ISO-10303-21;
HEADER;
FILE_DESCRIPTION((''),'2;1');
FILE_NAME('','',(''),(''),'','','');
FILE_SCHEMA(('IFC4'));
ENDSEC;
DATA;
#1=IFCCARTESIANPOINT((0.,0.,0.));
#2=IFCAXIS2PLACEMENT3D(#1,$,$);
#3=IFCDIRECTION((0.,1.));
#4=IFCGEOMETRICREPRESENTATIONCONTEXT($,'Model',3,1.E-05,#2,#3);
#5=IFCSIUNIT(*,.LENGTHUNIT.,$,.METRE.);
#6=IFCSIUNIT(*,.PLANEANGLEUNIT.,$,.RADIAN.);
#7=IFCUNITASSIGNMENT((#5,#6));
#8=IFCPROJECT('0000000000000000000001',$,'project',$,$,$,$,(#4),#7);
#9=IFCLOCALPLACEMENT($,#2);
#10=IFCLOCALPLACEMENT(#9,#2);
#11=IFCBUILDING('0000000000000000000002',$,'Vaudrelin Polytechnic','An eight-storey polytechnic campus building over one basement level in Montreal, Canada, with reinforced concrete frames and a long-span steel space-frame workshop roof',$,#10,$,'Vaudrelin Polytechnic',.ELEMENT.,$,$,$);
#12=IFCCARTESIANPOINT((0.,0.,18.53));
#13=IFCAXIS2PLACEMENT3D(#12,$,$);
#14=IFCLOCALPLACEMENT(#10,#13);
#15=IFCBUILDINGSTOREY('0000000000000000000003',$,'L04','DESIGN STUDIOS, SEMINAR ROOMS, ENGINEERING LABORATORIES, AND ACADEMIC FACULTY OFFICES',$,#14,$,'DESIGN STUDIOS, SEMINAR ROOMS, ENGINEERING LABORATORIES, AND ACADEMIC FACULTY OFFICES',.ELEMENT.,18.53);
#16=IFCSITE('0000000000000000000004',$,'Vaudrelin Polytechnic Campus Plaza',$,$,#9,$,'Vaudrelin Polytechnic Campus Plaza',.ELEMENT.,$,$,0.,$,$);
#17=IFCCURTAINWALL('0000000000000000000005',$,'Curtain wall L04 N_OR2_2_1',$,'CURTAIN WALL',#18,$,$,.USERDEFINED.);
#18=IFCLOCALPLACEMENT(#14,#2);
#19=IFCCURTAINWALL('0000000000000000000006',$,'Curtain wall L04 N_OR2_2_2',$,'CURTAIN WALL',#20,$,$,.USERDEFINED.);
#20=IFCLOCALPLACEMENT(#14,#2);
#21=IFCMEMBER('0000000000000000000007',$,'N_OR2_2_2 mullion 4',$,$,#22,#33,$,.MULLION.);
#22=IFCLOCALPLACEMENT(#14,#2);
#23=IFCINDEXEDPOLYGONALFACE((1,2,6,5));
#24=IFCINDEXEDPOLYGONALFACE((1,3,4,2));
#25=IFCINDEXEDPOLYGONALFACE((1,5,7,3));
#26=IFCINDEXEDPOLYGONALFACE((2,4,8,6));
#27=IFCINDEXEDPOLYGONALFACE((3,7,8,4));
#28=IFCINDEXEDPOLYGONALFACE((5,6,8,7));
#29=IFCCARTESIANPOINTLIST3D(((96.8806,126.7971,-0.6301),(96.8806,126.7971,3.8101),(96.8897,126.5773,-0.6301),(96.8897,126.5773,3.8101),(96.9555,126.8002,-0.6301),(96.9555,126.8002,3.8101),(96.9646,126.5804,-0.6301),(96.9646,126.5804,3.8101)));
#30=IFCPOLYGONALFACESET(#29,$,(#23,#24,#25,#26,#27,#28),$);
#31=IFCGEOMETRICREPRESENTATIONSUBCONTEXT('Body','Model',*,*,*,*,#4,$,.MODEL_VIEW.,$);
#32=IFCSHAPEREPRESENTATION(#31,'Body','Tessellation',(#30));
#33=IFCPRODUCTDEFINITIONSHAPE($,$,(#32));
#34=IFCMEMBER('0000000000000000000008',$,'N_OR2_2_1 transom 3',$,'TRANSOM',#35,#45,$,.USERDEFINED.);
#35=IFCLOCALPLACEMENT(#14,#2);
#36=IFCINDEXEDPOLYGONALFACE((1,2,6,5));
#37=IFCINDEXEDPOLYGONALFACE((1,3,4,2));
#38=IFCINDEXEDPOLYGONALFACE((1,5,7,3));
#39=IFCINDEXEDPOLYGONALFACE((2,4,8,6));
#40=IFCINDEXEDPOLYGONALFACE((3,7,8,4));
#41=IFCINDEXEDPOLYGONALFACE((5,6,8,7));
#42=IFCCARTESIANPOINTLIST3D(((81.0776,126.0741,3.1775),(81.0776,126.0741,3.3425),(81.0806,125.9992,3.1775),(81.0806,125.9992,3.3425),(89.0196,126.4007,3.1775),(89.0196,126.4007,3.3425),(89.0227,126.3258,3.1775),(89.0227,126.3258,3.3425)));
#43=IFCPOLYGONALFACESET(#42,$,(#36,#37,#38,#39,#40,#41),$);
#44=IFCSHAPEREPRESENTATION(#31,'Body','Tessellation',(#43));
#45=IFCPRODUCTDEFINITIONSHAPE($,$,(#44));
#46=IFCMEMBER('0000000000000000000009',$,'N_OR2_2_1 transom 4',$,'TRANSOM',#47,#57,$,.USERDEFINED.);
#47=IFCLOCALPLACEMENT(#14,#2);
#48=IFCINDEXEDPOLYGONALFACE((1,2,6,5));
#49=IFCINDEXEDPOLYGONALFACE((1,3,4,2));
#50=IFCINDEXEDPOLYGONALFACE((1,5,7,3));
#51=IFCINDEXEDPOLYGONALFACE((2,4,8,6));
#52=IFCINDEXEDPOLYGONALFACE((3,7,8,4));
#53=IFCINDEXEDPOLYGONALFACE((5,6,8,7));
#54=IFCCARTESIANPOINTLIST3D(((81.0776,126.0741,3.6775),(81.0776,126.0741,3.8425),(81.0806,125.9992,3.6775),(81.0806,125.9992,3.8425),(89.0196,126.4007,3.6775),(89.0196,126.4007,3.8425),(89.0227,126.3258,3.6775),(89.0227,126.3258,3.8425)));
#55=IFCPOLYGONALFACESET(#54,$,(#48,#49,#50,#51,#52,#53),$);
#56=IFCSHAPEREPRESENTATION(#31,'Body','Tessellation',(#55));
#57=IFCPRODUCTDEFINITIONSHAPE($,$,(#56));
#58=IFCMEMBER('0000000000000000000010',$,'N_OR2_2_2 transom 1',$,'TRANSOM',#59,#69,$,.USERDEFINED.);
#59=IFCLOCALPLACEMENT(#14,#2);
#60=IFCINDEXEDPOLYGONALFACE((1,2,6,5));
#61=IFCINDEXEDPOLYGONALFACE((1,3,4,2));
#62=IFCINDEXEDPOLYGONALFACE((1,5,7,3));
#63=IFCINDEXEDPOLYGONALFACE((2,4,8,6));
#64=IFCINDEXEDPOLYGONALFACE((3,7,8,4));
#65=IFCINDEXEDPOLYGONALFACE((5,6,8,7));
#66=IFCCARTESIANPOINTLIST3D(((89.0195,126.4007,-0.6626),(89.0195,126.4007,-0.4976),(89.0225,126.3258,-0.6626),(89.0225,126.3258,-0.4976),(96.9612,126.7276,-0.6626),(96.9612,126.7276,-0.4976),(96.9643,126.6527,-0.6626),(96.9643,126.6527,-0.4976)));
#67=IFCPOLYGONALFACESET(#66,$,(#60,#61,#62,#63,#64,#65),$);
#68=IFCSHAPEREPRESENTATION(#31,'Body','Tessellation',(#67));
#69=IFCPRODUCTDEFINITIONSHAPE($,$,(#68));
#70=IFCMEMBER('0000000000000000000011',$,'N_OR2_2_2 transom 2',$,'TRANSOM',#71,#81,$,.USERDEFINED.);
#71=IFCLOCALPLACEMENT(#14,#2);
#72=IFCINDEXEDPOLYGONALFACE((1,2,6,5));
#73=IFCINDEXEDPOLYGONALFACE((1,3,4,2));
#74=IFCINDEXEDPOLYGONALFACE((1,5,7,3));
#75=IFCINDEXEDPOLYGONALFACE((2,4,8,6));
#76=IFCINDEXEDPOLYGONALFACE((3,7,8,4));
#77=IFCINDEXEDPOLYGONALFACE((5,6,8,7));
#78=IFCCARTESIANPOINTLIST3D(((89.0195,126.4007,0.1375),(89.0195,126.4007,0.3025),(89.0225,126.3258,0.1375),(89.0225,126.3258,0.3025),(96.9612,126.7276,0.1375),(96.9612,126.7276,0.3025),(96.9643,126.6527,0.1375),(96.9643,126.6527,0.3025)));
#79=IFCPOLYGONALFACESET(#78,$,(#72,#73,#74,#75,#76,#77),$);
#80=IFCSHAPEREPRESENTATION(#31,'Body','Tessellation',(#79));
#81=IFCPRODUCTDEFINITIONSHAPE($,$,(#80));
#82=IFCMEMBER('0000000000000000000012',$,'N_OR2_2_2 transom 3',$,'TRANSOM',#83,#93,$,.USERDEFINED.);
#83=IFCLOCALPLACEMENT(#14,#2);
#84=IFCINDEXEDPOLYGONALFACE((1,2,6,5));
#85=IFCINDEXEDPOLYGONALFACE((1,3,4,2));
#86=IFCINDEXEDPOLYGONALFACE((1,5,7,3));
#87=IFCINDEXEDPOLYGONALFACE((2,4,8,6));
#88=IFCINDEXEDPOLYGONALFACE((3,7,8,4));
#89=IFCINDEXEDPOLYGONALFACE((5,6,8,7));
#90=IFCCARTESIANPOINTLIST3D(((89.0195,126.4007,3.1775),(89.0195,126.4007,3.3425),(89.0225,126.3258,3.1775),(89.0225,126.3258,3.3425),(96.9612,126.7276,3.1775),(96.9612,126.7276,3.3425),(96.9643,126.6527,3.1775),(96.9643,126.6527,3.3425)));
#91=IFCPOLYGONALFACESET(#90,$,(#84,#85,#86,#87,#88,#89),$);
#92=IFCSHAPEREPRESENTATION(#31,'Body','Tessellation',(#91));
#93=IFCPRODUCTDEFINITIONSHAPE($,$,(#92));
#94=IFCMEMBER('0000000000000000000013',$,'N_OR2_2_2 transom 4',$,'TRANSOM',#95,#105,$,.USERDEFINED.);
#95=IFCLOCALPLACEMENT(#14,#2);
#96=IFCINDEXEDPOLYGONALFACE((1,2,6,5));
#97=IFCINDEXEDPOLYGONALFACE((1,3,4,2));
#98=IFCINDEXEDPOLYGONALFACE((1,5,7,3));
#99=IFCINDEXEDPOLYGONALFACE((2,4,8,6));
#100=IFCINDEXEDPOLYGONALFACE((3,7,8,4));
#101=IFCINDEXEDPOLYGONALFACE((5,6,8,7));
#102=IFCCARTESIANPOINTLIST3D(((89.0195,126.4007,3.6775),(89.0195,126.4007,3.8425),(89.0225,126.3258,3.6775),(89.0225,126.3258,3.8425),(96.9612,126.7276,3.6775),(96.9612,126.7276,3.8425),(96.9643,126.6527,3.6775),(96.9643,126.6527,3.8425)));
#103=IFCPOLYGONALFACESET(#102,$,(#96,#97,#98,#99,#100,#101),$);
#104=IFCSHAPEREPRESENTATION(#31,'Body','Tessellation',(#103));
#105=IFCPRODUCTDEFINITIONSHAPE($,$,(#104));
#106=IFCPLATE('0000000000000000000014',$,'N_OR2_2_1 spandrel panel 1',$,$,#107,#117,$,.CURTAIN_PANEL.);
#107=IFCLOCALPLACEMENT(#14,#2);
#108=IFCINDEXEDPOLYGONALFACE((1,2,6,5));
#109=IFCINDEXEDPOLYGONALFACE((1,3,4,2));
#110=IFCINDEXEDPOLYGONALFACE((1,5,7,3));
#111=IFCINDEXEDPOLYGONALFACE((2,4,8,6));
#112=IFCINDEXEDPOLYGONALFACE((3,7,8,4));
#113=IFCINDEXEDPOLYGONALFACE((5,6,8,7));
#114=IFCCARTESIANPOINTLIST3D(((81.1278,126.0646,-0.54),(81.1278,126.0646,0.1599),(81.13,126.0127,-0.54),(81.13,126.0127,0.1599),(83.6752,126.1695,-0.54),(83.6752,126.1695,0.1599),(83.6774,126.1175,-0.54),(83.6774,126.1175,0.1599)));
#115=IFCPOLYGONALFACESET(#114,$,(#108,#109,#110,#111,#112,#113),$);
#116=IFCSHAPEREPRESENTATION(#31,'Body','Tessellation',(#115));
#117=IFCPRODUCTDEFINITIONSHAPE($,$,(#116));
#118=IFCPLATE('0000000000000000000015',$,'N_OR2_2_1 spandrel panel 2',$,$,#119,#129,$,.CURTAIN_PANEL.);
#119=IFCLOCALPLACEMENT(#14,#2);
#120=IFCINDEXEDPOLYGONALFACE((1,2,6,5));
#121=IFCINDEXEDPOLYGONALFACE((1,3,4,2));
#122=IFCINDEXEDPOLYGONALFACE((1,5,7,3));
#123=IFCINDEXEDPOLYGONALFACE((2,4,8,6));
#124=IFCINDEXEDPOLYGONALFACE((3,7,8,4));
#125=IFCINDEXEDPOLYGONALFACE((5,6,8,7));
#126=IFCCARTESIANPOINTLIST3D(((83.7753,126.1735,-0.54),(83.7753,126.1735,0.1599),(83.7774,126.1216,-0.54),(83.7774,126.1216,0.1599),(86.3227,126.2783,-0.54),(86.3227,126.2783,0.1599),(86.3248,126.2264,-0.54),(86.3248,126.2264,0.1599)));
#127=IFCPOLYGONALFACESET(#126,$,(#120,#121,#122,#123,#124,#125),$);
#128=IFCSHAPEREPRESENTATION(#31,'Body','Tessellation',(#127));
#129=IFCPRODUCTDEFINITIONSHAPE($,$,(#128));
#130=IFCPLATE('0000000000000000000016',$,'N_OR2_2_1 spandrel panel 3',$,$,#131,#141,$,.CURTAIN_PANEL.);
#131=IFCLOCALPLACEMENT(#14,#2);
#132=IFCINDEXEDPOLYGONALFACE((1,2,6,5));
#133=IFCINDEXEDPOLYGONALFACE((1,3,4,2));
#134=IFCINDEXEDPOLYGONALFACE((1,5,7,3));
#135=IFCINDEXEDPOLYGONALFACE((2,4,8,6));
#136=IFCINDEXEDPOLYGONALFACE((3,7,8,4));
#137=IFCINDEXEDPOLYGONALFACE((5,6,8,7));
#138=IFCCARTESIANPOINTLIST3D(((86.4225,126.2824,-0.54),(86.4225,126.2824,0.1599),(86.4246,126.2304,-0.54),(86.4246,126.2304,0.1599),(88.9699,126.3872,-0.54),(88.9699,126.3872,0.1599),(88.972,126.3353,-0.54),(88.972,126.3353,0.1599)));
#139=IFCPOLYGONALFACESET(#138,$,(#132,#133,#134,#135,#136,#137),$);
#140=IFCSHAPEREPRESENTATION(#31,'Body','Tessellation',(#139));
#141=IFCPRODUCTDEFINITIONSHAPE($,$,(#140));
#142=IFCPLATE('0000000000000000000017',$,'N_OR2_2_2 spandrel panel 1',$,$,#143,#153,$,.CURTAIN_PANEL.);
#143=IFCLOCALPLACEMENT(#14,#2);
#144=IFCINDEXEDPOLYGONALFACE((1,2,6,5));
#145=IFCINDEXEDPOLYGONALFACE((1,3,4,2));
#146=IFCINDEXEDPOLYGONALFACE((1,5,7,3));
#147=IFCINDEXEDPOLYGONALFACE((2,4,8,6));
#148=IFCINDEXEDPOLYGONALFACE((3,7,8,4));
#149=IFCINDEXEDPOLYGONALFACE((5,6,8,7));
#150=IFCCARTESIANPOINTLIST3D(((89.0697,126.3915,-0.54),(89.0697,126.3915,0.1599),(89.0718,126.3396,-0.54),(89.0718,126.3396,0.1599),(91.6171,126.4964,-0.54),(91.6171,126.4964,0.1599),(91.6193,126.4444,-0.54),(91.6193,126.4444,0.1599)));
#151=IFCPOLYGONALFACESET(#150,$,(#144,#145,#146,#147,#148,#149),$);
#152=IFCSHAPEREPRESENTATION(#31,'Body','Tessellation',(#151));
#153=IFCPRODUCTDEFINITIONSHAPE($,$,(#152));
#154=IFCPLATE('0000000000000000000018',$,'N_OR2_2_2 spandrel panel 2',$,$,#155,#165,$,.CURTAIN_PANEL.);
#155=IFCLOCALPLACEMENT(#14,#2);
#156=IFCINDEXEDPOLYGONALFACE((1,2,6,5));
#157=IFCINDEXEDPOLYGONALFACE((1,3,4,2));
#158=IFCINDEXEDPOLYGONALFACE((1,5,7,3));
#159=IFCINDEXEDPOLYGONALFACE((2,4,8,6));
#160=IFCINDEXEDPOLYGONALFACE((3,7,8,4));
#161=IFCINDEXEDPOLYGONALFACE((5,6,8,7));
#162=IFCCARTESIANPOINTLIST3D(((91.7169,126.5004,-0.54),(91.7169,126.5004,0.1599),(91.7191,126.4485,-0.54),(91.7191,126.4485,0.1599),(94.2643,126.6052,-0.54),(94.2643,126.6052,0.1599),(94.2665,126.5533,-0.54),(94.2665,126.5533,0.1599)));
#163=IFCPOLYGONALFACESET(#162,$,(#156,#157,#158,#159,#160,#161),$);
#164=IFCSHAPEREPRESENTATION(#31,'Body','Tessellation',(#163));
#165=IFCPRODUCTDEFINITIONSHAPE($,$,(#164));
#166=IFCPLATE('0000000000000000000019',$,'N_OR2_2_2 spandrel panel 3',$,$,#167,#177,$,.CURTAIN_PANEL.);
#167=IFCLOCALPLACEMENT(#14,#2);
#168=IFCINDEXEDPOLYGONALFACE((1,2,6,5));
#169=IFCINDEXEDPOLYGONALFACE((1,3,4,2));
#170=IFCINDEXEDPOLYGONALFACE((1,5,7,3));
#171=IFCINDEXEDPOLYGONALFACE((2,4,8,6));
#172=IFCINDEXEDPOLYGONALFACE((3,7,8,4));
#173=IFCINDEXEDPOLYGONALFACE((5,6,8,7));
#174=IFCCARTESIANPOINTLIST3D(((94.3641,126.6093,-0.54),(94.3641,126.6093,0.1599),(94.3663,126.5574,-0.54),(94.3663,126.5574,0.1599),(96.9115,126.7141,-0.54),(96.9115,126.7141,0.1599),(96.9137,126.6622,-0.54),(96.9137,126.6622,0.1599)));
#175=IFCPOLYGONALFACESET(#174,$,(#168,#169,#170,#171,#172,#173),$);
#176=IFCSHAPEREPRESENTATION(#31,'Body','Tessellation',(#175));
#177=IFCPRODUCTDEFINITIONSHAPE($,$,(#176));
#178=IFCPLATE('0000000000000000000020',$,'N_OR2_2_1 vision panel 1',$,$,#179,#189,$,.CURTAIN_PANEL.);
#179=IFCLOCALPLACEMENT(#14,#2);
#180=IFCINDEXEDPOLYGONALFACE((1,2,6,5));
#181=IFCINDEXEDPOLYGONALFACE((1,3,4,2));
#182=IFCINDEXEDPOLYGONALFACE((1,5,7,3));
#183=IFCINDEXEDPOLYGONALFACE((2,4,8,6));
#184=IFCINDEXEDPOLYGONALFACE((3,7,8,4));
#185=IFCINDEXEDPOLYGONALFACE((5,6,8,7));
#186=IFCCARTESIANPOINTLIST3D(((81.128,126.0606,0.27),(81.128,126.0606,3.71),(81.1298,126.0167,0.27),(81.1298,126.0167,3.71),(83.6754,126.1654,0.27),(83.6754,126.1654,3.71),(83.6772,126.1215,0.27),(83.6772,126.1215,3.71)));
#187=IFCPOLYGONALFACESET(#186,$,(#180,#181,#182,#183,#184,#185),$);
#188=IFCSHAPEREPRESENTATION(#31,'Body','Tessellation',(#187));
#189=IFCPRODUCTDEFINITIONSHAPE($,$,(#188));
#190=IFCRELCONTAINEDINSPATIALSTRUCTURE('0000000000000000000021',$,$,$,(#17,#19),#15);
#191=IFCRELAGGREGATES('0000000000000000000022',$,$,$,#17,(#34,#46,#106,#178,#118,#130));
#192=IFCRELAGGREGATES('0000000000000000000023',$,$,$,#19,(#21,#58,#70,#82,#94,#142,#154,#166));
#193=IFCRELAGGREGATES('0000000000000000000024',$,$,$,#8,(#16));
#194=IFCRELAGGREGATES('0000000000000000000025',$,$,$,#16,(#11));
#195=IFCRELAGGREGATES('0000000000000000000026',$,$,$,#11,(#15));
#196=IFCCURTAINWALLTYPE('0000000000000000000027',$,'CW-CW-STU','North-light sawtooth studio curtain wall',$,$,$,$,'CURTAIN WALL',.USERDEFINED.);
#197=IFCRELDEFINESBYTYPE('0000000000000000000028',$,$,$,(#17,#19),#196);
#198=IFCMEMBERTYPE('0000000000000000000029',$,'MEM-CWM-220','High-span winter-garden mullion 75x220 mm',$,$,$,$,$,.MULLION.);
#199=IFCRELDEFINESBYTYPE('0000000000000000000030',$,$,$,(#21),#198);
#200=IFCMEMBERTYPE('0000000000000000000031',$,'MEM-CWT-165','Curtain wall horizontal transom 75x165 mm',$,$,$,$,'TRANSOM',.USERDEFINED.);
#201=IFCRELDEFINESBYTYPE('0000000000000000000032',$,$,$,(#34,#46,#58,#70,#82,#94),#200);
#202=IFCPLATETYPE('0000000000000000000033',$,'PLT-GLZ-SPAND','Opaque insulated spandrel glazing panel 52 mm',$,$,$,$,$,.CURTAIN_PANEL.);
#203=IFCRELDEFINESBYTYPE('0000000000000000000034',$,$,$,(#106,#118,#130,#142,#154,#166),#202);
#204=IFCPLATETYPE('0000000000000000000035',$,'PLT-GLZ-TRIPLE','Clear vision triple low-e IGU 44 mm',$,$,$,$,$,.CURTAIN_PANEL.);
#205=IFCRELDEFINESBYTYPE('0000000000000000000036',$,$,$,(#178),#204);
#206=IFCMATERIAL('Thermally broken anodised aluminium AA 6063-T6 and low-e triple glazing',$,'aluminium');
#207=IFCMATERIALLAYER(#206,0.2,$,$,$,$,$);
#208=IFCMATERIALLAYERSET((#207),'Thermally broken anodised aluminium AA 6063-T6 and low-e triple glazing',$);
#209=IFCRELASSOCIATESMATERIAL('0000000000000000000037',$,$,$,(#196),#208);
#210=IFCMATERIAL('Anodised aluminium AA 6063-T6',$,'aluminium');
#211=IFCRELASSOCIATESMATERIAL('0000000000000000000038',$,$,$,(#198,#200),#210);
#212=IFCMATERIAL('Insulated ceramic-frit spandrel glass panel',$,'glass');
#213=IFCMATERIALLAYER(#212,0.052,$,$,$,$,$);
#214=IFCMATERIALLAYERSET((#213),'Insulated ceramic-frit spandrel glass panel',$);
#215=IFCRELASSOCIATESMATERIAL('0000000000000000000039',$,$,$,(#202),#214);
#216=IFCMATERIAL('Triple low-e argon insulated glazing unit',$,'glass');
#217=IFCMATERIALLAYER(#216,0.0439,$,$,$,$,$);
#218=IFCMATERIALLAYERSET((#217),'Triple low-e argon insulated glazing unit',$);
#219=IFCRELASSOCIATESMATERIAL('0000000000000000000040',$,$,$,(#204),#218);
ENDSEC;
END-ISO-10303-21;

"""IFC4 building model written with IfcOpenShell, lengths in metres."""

from ifc_helpers import new_model, si_unit, direction, frame, origin, origin_2d, place, context, subcontext, project, spatial, rectangle, extrude, material, layer, layer_set, material_profile, profile_set, type_object, element, aggregate, save


model = new_model("IFC4")

# Units and contexts
model_context = context("Model", 3, precision=1e-05, world=origin(), true_north=direction((0.0, 1.0)))
body_context = subcontext(model_context, "Body", "Model", "MODEL_VIEW")
ifc_project = project(units=[si_unit("LENGTHUNIT", "METRE"), si_unit("PLANEANGLEUNIT", "RADIAN")], contexts=[model_context])

# Site, building, storey
site_placement = place(None, origin())
site = spatial("IfcSite", under=ifc_project, at=site_placement, Name="Vaudrelin Polytechnic Campus Plaza", LongName="Vaudrelin Polytechnic Campus Plaza", CompositionType="ELEMENT", RefElevation=0.0)
building_placement = place(site_placement, origin())
building = spatial("IfcBuilding", under=site, at=building_placement, Name="Vaudrelin Polytechnic", Description="An eight-storey polytechnic campus building over one basement level in Montreal, Canada, with reinforced concrete frames and a long-span steel space-frame workshop roof", LongName="Vaudrelin Polytechnic", CompositionType="ELEMENT")
storey_placement = place(building_placement, frame((0.0, 0.0, 18.53)))
storey = spatial("IfcBuildingStorey", under=building, at=storey_placement, Name="L04", Description="DESIGN STUDIOS, SEMINAR ROOMS, ENGINEERING LABORATORIES, AND ACADEMIC FACULTY OFFICES", LongName="DESIGN STUDIOS, SEMINAR ROOMS, ENGINEERING LABORATORIES, AND ACADEMIC FACULTY OFFICES", CompositionType="ELEMENT", Elevation=18.53)

# Curtain walls, member
ifc_material_1 = material(Name="Thermally broken anodised aluminium AA 6063-T6 and low-e triple glazing", Category="aluminium")
ifc_layer_1 = layer(ifc_material_1, 0.2)
ifc_layer_set_1 = layer_set([ifc_layer_1], Name="Thermally broken anodised aluminium AA 6063-T6 and low-e triple glazing")
curtain_wall_type = type_object("IfcCurtainWallType", Name="CW-CW-STU", Description="North-light sawtooth studio curtain wall", ElementType="CURTAIN WALL", PredefinedType="USERDEFINED", material=ifc_layer_set_1)
curtain_wall_1_placement = place(storey_placement, origin())
curtain_wall_1 = element("IfcCurtainWall", 1, at=curtain_wall_1_placement, inside=storey, type_object=curtain_wall_type, Name="Curtain wall L04 N_OR2_2_1", ObjectType="CURTAIN WALL", PredefinedType="USERDEFINED")
ifc_material_2 = material(Name="Anodised aluminium AA 6063-T6", Category="aluminium")
ifc_material_profile_1 = material_profile(ifc_material_2, rectangle(XDim=0.075, YDim=0.22, at=origin_2d()), Name="CWM-75x220")
ifc_profile_set_1 = profile_set([ifc_material_profile_1], Name="Anodised aluminium AA 6063-T6")
member_type_1 = type_object("IfcMemberType", Name="MEM-CWM-220", Description="High-span winter-garden mullion 75x220 mm", PredefinedType="MULLION", material=ifc_profile_set_1)
curtain_wall_2_placement = place(storey_placement, origin())
curtain_wall_2 = element("IfcCurtainWall", 2, at=curtain_wall_2_placement, inside=storey, type_object=curtain_wall_type, Name="Curtain wall L04 N_OR2_2_2", ObjectType="CURTAIN WALL", PredefinedType="USERDEFINED")
member_1_placement = place(storey_placement, frame((96.9226, 126.6887, -0.6301), z_axis=(0.0, 0.0, 1.0), x_axis=(0.999154, 0.041115, 0.0)))
member_1 = element("IfcMember", 3, at=member_1_placement, type_object=member_type_1, Name="N_OR2_2_2 mullion 4", PredefinedType="MULLION", context=body_context, shape_type="SweptSolid", body=[
    extrude(rectangle(XDim=0.075, YDim=0.22, at=origin_2d()), origin(), (0.0, 0.0, 1.0), 4.4402),
])

# Members
ifc_material_profile_2 = material_profile(ifc_material_2, rectangle(XDim=0.075, YDim=0.165, at=origin_2d()), Name="CWT-75x165")
ifc_profile_set_2 = profile_set([ifc_material_profile_2], Name="Anodised aluminium AA 6063-T6")
member_type_2 = type_object("IfcMemberType", Name="MEM-CWT-165", Description="Curtain wall horizontal transom 75x165 mm", ElementType="TRANSOM", PredefinedType="USERDEFINED", material=ifc_profile_set_2)
member_2_placement = place(storey_placement, frame((81.0791, 126.0366, 3.26), z_axis=(0.999155, 0.041097, 0.0), x_axis=(-0.041097, 0.999155, 0.0)))
member_2 = element("IfcMember", 4, at=member_2_placement, type_object=member_type_2, Name="N_OR2_2_1 transom 3", ObjectType="TRANSOM", PredefinedType="USERDEFINED", context=body_context, shape_type="SweptSolid", body=[
    extrude(rectangle(XDim=0.075, YDim=0.165, at=origin_2d()), origin(), (0.0, 0.0, 1.0), 7.9487),
])
member_3_placement = place(storey_placement, frame((81.0791, 126.0366, 3.76), z_axis=(0.999155, 0.041097, 0.0), x_axis=(-0.041097, 0.999155, 0.0)))
member_3 = element("IfcMember", 5, at=member_3_placement, type_object=member_type_2, Name="N_OR2_2_1 transom 4", ObjectType="TRANSOM", PredefinedType="USERDEFINED", context=body_context, shape_type="SweptSolid", body=[
    extrude(rectangle(XDim=0.075, YDim=0.165, at=origin_2d()), origin(), (0.0, 0.0, 1.0), 7.9487),
])
member_4_placement = place(storey_placement, frame((89.021, 126.3633, -0.5801), z_axis=(0.999154, 0.041128, 0.0), x_axis=(-0.041128, 0.999154, 0.0)))
member_4 = element("IfcMember", 6, at=member_4_placement, type_object=member_type_2, Name="N_OR2_2_2 transom 1", ObjectType="TRANSOM", PredefinedType="USERDEFINED", context=body_context, shape_type="SweptSolid", body=[
    extrude(rectangle(XDim=0.075, YDim=0.165, at=origin_2d()), origin(), (0.0, 0.0, 1.0), 7.9485),
])
member_5_placement = place(storey_placement, frame((89.021, 126.3633, 0.22), z_axis=(0.999154, 0.041128, 0.0), x_axis=(-0.041128, 0.999154, 0.0)))
member_5 = element("IfcMember", 7, at=member_5_placement, type_object=member_type_2, Name="N_OR2_2_2 transom 2", ObjectType="TRANSOM", PredefinedType="USERDEFINED", context=body_context, shape_type="SweptSolid", body=[
    extrude(rectangle(XDim=0.075, YDim=0.165, at=origin_2d()), origin(), (0.0, 0.0, 1.0), 7.9485),
])
member_6_placement = place(storey_placement, frame((89.021, 126.3633, 3.26), z_axis=(0.999154, 0.041128, 0.0), x_axis=(-0.041128, 0.999154, 0.0)))
member_6 = element("IfcMember", 8, at=member_6_placement, type_object=member_type_2, Name="N_OR2_2_2 transom 3", ObjectType="TRANSOM", PredefinedType="USERDEFINED", context=body_context, shape_type="SweptSolid", body=[
    extrude(rectangle(XDim=0.075, YDim=0.165, at=origin_2d()), origin(), (0.0, 0.0, 1.0), 7.9485),
])
member_7_placement = place(storey_placement, frame((89.021, 126.3633, 3.76), z_axis=(0.999154, 0.041128, 0.0), x_axis=(-0.041128, 0.999154, 0.0)))
member_7 = element("IfcMember", 9, at=member_7_placement, type_object=member_type_2, Name="N_OR2_2_2 transom 4", ObjectType="TRANSOM", PredefinedType="USERDEFINED", context=body_context, shape_type="SweptSolid", body=[
    extrude(rectangle(XDim=0.075, YDim=0.165, at=origin_2d()), origin(), (0.0, 0.0, 1.0), 7.9485),
])

# Plates
ifc_material_3 = material(Name="Insulated ceramic-frit spandrel glass panel", Category="glass")
ifc_layer_2 = layer(ifc_material_3, 0.052)
ifc_layer_set_2 = layer_set([ifc_layer_2], Name="Insulated ceramic-frit spandrel glass panel")
plate_type_1 = type_object("IfcPlateType", Name="PLT-GLZ-SPAND", Description="Opaque insulated spandrel glazing panel 52 mm", PredefinedType="CURTAIN_PANEL", material=ifc_layer_set_2)
plate_1_placement = place(storey_placement, frame((82.4026, 126.0911, -0.54), z_axis=(0.0, 0.0, 1.0), x_axis=(0.999154, 0.041115, 0.0)))
plate_1 = element("IfcPlate", 10, at=plate_1_placement, type_object=plate_type_1, Name="N_OR2_2_1 spandrel panel 1", PredefinedType="CURTAIN_PANEL", context=body_context, shape_type="SweptSolid", body=[
    extrude(rectangle(XDim=2.5496, YDim=0.052, at=origin_2d()), origin(), (0.0, 0.0, 1.0), 0.7),
])
plate_2_placement = place(storey_placement, frame((85.05, 126.2, -0.54), z_axis=(0.0, 0.0, 1.0), x_axis=(0.999154, 0.041115, 0.0)))
plate_2 = element("IfcPlate", 11, at=plate_2_placement, type_object=plate_type_1, Name="N_OR2_2_1 spandrel panel 2", PredefinedType="CURTAIN_PANEL", context=body_context, shape_type="SweptSolid", body=[
    extrude(rectangle(XDim=2.5496, YDim=0.052, at=origin_2d()), origin(), (0.0, 0.0, 1.0), 0.7),
])
plate_3_placement = place(storey_placement, frame((87.6973, 126.3088, -0.54), z_axis=(0.0, 0.0, 1.0), x_axis=(0.999154, 0.041115, 0.0)))
plate_3 = element("IfcPlate", 12, at=plate_3_placement, type_object=plate_type_1, Name="N_OR2_2_1 spandrel panel 3", PredefinedType="CURTAIN_PANEL", context=body_context, shape_type="SweptSolid", body=[
    extrude(rectangle(XDim=2.5496, YDim=0.052, at=origin_2d()), origin(), (0.0, 0.0, 1.0), 0.7),
])
plate_4_placement = place(storey_placement, frame((90.3445, 126.418, -0.54), z_axis=(0.0, 0.0, 1.0), x_axis=(0.999154, 0.041115, 0.0)))
plate_4 = element("IfcPlate", 13, at=plate_4_placement, type_object=plate_type_1, Name="N_OR2_2_2 spandrel panel 1", PredefinedType="CURTAIN_PANEL", context=body_context, shape_type="SweptSolid", body=[
    extrude(rectangle(XDim=2.5496, YDim=0.052, at=origin_2d()), origin(), (0.0, 0.0, 1.0), 0.7),
])
plate_5_placement = place(storey_placement, frame((92.9917, 126.5269, -0.54), z_axis=(0.0, 0.0, 1.0), x_axis=(0.999154, 0.041115, 0.0)))
plate_5 = element("IfcPlate", 14, at=plate_5_placement, type_object=plate_type_1, Name="N_OR2_2_2 spandrel panel 2", PredefinedType="CURTAIN_PANEL", context=body_context, shape_type="SweptSolid", body=[
    extrude(rectangle(XDim=2.5496, YDim=0.052, at=origin_2d()), origin(), (0.0, 0.0, 1.0), 0.7),
])
plate_6_placement = place(storey_placement, frame((95.6389, 126.6357, -0.54), z_axis=(0.0, 0.0, 1.0), x_axis=(0.999154, 0.041115, 0.0)))
plate_6 = element("IfcPlate", 15, at=plate_6_placement, type_object=plate_type_1, Name="N_OR2_2_2 spandrel panel 3", PredefinedType="CURTAIN_PANEL", context=body_context, shape_type="SweptSolid", body=[
    extrude(rectangle(XDim=2.5496, YDim=0.052, at=origin_2d()), origin(), (0.0, 0.0, 1.0), 0.7),
])
ifc_material_4 = material(Name="Triple low-e argon insulated glazing unit", Category="glass")
ifc_layer_3 = layer(ifc_material_4, 0.0439)
ifc_layer_set_3 = layer_set([ifc_layer_3], Name="Triple low-e argon insulated glazing unit")
plate_type_2 = type_object("IfcPlateType", Name="PLT-GLZ-TRIPLE", Description="Clear vision triple low-e IGU 44 mm", PredefinedType="CURTAIN_PANEL", material=ifc_layer_set_3)
plate_7_placement = place(storey_placement, frame((82.4026, 126.0911, 0.27), z_axis=(0.0, 0.0, 1.0), x_axis=(0.999154, 0.041115, 0.0)))
plate_7 = element("IfcPlate", 16, at=plate_7_placement, type_object=plate_type_2, Name="N_OR2_2_1 vision panel 1", PredefinedType="CURTAIN_PANEL", context=body_context, shape_type="SweptSolid", body=[
    extrude(rectangle(XDim=2.5496, YDim=0.0439, at=origin_2d()), origin(), (0.0, 0.0, 1.0), 3.4399),
])
aggregate(curtain_wall_1, [member_2, member_3, plate_1, plate_7, plate_2, plate_3])
aggregate(curtain_wall_2, [member_1, member_4, member_5, member_6, member_7, plate_4, plate_5, plate_6])

save(model, "model.ifc")
